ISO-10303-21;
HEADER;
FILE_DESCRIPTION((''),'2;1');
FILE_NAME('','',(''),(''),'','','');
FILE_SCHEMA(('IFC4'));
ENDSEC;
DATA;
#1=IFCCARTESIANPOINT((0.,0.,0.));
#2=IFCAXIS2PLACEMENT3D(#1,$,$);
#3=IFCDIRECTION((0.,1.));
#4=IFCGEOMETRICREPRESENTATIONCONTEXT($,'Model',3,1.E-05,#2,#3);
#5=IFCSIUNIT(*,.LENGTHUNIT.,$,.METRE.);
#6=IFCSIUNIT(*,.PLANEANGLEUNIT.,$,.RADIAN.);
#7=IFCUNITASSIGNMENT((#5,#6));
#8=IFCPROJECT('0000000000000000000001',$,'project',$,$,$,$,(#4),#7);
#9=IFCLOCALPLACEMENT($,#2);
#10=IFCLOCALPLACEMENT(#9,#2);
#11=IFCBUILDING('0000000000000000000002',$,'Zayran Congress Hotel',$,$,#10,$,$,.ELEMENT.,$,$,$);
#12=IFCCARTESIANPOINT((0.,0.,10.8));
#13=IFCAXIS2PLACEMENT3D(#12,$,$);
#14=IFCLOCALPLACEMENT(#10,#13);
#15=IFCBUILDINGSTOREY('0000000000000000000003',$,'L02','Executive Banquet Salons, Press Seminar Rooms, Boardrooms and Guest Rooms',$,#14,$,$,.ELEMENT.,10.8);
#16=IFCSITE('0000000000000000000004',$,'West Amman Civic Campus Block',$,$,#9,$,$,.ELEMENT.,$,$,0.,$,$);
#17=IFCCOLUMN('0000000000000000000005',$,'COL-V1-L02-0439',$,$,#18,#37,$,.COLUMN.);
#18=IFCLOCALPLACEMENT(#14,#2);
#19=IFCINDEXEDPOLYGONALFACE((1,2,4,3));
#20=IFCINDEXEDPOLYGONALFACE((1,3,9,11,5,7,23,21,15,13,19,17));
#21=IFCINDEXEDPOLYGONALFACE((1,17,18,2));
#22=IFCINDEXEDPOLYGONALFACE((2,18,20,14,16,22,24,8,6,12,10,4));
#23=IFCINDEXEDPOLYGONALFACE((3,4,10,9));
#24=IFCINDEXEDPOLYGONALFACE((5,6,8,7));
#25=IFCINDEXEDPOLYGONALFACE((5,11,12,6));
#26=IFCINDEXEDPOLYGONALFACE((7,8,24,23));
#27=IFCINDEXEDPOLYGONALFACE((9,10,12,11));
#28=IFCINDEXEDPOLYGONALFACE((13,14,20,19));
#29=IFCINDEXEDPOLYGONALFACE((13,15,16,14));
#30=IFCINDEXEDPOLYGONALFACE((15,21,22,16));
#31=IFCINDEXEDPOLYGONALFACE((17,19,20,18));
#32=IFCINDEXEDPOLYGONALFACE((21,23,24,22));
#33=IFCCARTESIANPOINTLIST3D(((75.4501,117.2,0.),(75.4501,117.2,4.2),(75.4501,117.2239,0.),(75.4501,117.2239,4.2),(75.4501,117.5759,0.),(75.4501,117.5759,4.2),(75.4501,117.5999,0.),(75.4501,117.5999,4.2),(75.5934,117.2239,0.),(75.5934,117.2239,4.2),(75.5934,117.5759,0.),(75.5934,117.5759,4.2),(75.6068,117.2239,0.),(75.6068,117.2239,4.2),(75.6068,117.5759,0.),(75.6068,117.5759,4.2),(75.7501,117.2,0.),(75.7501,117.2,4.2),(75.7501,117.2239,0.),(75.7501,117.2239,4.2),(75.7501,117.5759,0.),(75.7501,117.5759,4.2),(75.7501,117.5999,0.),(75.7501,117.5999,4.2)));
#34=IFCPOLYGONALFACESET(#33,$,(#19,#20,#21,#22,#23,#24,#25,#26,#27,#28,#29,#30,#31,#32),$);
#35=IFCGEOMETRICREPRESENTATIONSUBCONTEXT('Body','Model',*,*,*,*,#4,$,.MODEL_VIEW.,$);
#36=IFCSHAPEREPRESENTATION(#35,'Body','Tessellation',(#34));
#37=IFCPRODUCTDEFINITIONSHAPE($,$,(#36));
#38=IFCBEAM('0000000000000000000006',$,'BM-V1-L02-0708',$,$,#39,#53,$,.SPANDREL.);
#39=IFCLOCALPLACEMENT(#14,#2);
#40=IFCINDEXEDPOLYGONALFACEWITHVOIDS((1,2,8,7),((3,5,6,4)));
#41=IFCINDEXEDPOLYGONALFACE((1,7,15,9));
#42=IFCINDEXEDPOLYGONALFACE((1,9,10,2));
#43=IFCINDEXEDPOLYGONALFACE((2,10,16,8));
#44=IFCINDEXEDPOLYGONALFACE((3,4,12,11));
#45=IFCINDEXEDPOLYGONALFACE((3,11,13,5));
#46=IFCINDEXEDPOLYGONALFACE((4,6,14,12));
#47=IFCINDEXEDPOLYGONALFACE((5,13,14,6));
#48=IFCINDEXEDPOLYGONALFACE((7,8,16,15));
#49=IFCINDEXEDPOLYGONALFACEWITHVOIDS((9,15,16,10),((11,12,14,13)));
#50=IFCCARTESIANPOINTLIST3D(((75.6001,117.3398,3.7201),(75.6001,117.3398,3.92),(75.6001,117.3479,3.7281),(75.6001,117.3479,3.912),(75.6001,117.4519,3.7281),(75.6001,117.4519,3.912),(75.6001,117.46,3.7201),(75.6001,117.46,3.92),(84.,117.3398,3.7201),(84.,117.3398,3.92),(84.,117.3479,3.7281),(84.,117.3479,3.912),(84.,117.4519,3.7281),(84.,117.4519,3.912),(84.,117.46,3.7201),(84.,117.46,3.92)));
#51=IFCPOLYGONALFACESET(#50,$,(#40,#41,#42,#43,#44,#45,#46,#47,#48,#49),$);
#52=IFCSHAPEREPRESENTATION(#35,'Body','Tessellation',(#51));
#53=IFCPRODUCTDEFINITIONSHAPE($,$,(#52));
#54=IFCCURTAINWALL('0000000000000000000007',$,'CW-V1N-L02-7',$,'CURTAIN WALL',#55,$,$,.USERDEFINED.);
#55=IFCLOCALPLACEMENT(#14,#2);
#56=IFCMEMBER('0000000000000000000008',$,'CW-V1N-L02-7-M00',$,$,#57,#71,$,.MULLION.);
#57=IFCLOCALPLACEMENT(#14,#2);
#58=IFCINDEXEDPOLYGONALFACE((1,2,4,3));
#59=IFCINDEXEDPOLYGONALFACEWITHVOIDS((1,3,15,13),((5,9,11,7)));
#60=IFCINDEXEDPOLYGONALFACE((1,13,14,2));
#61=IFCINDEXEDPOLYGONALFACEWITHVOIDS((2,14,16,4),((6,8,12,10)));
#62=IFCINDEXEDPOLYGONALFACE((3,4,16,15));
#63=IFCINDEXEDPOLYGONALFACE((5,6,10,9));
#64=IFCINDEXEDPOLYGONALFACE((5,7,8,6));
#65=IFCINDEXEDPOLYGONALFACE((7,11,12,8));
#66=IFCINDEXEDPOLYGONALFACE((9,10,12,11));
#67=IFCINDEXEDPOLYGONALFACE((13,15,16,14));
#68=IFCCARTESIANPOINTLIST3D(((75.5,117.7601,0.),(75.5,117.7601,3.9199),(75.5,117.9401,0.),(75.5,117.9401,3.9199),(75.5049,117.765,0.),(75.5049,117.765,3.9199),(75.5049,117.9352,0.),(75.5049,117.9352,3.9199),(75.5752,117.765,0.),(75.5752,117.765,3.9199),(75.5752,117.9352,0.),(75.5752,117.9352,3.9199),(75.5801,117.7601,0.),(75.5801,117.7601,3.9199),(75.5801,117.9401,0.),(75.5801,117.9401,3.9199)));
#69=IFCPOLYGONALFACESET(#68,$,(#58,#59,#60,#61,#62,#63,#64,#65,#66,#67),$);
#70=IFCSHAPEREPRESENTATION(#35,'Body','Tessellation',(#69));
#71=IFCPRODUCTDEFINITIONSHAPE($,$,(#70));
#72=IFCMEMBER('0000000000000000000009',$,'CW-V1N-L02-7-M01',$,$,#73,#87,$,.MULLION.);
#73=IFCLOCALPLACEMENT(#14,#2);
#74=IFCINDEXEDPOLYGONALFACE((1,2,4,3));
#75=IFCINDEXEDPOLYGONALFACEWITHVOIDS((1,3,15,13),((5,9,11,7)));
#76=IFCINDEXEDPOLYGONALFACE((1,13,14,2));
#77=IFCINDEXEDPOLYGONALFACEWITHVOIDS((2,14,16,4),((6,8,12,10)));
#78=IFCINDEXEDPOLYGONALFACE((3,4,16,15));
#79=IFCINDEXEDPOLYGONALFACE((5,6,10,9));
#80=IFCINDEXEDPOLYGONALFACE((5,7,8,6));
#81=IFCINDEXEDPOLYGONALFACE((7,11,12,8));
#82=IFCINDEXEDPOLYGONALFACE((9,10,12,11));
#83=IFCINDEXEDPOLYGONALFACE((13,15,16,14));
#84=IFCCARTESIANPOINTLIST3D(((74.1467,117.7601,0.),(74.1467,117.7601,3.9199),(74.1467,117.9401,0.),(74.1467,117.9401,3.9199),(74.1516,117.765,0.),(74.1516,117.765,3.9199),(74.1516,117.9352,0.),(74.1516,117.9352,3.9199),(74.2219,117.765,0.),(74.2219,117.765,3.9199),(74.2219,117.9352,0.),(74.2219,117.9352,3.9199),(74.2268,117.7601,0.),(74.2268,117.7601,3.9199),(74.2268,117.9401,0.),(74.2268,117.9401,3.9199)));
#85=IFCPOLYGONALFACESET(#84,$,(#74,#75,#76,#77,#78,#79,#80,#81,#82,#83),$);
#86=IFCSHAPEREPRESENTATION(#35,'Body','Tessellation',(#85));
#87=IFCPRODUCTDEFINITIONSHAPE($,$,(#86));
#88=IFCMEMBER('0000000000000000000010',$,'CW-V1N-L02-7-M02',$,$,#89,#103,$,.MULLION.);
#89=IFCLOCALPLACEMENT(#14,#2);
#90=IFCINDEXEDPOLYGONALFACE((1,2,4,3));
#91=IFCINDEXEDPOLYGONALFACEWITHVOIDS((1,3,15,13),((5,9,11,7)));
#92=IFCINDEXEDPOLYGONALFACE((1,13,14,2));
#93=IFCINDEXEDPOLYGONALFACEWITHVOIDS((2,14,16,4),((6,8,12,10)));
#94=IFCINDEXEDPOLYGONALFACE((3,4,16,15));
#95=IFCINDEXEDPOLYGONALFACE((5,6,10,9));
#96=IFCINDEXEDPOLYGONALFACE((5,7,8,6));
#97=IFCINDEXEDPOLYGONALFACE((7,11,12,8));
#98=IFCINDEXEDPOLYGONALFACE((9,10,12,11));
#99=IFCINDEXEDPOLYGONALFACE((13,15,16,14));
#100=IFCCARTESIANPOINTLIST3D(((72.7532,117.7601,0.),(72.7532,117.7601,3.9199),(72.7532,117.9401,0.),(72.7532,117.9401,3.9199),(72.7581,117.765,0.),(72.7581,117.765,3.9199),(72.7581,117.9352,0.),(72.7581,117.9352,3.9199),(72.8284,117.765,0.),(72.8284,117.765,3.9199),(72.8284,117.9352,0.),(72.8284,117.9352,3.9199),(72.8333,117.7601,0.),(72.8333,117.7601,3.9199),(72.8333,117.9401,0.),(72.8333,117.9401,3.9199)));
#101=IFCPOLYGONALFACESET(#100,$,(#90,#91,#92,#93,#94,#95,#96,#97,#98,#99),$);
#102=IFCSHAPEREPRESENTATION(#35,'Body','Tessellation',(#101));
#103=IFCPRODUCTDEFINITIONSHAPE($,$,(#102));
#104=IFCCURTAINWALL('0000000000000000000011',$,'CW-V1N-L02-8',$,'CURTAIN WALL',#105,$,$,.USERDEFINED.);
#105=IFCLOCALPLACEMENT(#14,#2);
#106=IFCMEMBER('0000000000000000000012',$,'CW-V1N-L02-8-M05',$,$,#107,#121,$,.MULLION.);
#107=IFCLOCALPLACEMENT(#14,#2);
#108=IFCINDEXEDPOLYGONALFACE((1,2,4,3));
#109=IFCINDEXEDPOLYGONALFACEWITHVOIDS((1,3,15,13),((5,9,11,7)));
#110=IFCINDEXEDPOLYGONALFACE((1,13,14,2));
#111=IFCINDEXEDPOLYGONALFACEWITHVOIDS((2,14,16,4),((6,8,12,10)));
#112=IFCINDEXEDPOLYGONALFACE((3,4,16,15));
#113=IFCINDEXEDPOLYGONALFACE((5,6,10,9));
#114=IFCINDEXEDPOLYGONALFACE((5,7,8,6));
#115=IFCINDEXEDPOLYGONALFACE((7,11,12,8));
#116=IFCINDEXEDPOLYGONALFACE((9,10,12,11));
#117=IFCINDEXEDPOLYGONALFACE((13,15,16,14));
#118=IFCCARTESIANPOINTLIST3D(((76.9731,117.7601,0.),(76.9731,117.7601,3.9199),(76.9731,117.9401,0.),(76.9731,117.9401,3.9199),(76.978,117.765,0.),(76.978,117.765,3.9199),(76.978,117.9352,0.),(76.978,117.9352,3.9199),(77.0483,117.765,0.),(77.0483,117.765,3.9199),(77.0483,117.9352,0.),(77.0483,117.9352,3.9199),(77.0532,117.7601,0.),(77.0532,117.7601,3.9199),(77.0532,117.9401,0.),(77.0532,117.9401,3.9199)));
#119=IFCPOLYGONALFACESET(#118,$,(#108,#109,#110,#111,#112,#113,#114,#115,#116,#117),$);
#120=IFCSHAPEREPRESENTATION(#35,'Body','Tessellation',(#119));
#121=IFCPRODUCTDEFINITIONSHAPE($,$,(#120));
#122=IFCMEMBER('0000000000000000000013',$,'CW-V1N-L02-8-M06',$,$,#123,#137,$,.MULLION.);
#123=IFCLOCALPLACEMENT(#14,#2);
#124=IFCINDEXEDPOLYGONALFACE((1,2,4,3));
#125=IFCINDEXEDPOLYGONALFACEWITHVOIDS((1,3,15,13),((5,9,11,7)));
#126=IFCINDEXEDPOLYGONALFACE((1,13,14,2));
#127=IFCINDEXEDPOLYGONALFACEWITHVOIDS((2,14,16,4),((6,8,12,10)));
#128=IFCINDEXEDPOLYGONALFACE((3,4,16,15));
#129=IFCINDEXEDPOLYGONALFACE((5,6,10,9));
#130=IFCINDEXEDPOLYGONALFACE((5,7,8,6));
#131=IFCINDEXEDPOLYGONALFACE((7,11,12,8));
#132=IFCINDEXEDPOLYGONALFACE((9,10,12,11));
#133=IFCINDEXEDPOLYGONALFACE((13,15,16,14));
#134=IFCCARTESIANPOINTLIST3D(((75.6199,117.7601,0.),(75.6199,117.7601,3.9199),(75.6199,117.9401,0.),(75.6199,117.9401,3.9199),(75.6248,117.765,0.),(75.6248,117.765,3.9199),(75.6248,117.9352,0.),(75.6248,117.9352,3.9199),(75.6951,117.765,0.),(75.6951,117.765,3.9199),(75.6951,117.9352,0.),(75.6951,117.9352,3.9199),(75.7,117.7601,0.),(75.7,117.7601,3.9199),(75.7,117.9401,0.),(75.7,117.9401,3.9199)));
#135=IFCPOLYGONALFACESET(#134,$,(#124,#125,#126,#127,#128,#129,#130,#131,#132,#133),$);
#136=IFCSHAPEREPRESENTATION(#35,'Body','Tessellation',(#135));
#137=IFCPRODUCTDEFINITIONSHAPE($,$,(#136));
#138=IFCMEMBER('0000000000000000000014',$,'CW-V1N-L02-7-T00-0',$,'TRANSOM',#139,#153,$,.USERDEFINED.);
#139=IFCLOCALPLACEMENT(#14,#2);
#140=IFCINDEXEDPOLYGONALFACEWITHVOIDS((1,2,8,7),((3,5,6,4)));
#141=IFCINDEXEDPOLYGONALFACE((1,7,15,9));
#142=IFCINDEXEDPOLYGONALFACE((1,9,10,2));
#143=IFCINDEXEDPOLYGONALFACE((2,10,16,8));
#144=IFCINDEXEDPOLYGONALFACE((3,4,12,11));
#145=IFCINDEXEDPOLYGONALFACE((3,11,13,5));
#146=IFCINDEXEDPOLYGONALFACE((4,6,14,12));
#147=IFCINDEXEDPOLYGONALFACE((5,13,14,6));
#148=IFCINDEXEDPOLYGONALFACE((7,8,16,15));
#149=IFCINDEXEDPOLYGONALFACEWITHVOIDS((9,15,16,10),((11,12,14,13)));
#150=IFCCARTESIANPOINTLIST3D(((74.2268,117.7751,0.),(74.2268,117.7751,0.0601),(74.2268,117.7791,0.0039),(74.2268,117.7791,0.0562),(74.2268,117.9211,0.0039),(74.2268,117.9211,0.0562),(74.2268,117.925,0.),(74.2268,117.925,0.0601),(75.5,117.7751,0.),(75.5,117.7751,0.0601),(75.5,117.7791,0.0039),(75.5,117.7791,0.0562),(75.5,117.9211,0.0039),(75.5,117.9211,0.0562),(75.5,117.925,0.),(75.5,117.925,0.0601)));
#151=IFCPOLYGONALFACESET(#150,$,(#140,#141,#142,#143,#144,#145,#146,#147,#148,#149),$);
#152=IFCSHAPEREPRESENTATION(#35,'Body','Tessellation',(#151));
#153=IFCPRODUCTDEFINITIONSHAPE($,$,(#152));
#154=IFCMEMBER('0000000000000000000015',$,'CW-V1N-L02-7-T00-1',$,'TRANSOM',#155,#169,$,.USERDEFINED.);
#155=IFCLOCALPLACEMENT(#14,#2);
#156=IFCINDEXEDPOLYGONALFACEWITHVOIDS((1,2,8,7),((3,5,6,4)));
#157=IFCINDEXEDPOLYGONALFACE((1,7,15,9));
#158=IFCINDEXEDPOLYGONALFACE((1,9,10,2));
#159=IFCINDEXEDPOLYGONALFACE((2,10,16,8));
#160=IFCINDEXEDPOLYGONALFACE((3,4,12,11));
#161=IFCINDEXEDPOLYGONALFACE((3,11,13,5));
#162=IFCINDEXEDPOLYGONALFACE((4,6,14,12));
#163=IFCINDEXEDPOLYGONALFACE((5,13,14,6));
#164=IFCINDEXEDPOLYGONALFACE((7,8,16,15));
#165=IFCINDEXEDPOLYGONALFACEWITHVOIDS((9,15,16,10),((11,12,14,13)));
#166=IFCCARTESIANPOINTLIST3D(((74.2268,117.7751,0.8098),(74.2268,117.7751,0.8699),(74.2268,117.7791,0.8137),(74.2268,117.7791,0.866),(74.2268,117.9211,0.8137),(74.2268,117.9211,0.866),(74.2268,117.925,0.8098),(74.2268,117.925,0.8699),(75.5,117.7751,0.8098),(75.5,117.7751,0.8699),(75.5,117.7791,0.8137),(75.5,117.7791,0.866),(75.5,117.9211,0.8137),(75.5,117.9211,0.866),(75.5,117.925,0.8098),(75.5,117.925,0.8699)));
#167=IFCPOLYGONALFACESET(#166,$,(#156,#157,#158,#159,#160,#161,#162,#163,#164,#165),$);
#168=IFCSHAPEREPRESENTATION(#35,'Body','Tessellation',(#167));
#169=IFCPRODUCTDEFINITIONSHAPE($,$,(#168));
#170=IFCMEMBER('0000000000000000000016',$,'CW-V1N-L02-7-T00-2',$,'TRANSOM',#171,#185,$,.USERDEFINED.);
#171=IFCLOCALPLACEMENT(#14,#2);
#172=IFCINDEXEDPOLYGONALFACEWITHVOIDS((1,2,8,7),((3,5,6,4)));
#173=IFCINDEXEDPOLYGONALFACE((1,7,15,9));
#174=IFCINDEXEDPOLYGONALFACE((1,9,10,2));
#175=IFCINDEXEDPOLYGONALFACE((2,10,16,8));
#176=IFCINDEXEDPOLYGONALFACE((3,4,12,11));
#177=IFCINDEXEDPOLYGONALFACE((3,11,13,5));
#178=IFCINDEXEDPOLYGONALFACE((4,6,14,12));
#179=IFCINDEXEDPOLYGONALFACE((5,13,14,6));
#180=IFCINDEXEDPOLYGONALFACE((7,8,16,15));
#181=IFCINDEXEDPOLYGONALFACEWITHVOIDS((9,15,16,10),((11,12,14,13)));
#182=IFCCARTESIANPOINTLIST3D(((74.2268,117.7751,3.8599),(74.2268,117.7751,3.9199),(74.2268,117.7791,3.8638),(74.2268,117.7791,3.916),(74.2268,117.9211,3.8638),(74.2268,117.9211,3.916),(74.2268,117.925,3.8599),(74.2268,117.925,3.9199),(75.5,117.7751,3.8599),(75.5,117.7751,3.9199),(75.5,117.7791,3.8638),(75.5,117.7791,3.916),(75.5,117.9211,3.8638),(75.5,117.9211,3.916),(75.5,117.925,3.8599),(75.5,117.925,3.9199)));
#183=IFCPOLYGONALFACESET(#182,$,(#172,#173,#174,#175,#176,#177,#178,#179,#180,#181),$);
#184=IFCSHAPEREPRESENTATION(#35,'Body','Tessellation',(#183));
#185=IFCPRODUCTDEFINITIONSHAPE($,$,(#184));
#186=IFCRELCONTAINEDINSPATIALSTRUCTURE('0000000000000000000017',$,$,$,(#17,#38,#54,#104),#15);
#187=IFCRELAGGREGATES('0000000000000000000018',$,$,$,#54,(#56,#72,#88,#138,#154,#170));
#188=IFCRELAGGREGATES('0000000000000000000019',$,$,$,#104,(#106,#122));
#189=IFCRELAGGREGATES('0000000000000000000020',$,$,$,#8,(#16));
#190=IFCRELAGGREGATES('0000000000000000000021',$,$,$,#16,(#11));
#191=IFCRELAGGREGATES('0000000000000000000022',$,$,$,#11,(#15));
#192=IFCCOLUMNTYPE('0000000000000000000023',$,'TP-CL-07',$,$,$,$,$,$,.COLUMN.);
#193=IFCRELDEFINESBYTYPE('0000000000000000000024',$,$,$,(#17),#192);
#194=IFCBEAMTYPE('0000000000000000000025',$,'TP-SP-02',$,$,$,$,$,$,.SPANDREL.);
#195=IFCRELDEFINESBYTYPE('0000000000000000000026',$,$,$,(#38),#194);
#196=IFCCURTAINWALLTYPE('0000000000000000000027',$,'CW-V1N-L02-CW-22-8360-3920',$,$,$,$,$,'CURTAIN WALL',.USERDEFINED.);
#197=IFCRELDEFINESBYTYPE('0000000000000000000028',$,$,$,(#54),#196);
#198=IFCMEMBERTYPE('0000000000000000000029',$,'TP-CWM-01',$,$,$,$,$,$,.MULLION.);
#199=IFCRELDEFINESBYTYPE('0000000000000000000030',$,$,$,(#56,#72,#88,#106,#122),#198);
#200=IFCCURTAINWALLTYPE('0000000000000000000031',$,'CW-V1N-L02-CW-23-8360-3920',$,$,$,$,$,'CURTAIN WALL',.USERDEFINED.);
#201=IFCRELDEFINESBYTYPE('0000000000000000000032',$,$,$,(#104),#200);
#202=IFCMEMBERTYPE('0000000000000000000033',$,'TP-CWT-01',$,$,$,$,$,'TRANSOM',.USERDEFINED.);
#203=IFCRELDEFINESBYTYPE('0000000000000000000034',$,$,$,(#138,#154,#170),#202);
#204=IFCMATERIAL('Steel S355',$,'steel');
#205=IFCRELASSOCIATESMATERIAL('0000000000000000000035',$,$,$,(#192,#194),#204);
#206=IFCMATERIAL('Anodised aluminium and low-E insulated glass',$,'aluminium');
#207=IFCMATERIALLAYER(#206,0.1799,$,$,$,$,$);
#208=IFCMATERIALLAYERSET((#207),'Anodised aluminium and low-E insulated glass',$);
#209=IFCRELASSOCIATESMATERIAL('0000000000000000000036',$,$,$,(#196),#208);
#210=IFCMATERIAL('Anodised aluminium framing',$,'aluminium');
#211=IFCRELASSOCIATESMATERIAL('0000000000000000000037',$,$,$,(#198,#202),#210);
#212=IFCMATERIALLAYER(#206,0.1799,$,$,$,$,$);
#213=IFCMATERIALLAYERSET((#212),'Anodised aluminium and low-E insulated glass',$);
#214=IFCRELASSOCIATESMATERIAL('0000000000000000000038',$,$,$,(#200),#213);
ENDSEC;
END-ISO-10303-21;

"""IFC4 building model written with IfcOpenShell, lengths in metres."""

from ifc_helpers import new_model, si_unit, direction, frame, origin, origin_2d, place, context, subcontext, project, spatial, hollow_rectangle, i_section, extrude, material, layer, layer_set, material_profile, profile_set, type_object, element, aggregate, save


model = new_model("IFC4")

# Units and contexts
model_context = context("Model", 3, precision=1e-05, world=origin(), true_north=direction((0.0, 1.0)))
body_context = subcontext(model_context, "Body", "Model", "MODEL_VIEW")
ifc_project = project(units=[si_unit("LENGTHUNIT", "METRE"), si_unit("PLANEANGLEUNIT", "RADIAN")], contexts=[model_context])

# Site, building, storey
site_placement = place(None, origin())
site = spatial("IfcSite", under=ifc_project, at=site_placement, Name="West Amman Civic Campus Block", CompositionType="ELEMENT", RefElevation=0.0)
building_placement = place(site_placement, origin())
building = spatial("IfcBuilding", under=site, at=building_placement, Name="Zayran Congress Hotel", CompositionType="ELEMENT")
storey_placement = place(building_placement, frame((0.0, 0.0, 10.8)))
storey = spatial("IfcBuildingStorey", under=building, at=storey_placement, Name="L02", Description="Executive Banquet Salons, Press Seminar Rooms, Boardrooms and Guest Rooms", CompositionType="ELEMENT", Elevation=10.8)

# Column
ifc_material_1 = material(Name="Steel S355", Category="steel")
ifc_material_profile_1 = material_profile(ifc_material_1, i_section(OverallWidth=0.3, OverallDepth=0.3999, WebThickness=0.0134, FlangeThickness=0.0239, at=origin_2d()), Name="HEB 400")
ifc_profile_set_1 = profile_set([ifc_material_profile_1], Name="Steel S355")
column_type = type_object("IfcColumnType", Name="TP-CL-07", PredefinedType="COLUMN", material=ifc_profile_set_1)
column_placement = place(storey_placement, frame((75.6001, 117.3999, 0.0), z_axis=(0.0, 0.0, 1.0), x_axis=(1.0, 0.0, 0.0)))
element("IfcColumn", 1, at=column_placement, inside=storey, type_object=column_type, Name="COL-V1-L02-0439", PredefinedType="COLUMN", context=body_context, shape_type="SweptSolid", body=[
    extrude(i_section(OverallWidth=0.3, OverallDepth=0.3999, WebThickness=0.0134, FlangeThickness=0.0239, at=origin_2d()), origin(), (0.0, 0.0, 1.0), 4.2),
])

# Beam
ifc_material_profile_2 = material_profile(ifc_material_1, hollow_rectangle(XDim=0.1201, YDim=0.2, WallThickness=0.0081, at=origin_2d()), Name="RHS 200x120x8")
ifc_profile_set_2 = profile_set([ifc_material_profile_2], Name="Steel S355")
beam_type = type_object("IfcBeamType", Name="TP-SP-02", PredefinedType="SPANDREL", material=ifc_profile_set_2)
beam_placement = place(storey_placement, frame((75.6001, 117.3999, 3.8201), z_axis=(1.0, 0.0, 0.0), x_axis=(0.0, 1.0, 0.0)))
element("IfcBeam", 2, at=beam_placement, inside=storey, type_object=beam_type, Name="BM-V1-L02-0708", PredefinedType="SPANDREL", context=body_context, shape_type="SweptSolid", body=[
    extrude(hollow_rectangle(XDim=0.1201, YDim=0.2, WallThickness=0.0081, at=origin_2d()), origin(), (0.0, 0.0, 1.0), 8.3999),
])

# Curtain walls, members
ifc_material_2 = material(Name="Anodised aluminium and low-E insulated glass", Category="aluminium")
ifc_layer_1 = layer(ifc_material_2, 0.1799)
ifc_layer_set_1 = layer_set([ifc_layer_1], Name="Anodised aluminium and low-E insulated glass")
curtain_wall_type_1 = type_object("IfcCurtainWallType", Name="CW-V1N-L02-CW-22-8360-3920", ElementType="CURTAIN WALL", PredefinedType="USERDEFINED", material=ifc_layer_set_1)
curtain_wall_1_placement = place(storey_placement, origin())
curtain_wall_1 = element("IfcCurtainWall", 3, at=curtain_wall_1_placement, inside=storey, type_object=curtain_wall_type_1, Name="CW-V1N-L02-7", ObjectType="CURTAIN WALL", PredefinedType="USERDEFINED")
ifc_material_3 = material(Name="Anodised aluminium framing", Category="aluminium")
ifc_material_profile_3 = material_profile(ifc_material_3, hollow_rectangle(XDim=0.0801, YDim=0.1799, WallThickness=0.0049, at=origin_2d()), Name="RHS 180x80x5")
ifc_profile_set_3 = profile_set([ifc_material_profile_3], Name="Anodised aluminium framing")
member_type_1 = type_object("IfcMemberType", Name="TP-CWM-01", PredefinedType="MULLION", material=ifc_profile_set_3)
member_1_placement = place(storey_placement, frame((75.54, 117.8501, 0.0), z_axis=(0.0, 0.0, 1.0), x_axis=(1.0, 0.0, 0.0)))
member_1 = element("IfcMember", 4, at=member_1_placement, type_object=member_type_1, Name="CW-V1N-L02-7-M00", PredefinedType="MULLION", context=body_context, shape_type="SweptSolid", body=[
    extrude(hollow_rectangle(XDim=0.0801, YDim=0.1799, WallThickness=0.0049, at=origin_2d()), origin(), (0.0, 0.0, 1.0), 3.9199),
])
member_2_placement = place(storey_placement, frame((74.1868, 117.8501, 0.0), z_axis=(0.0, 0.0, 1.0), x_axis=(1.0, 0.0, 0.0)))
member_2 = element("IfcMember", 5, at=member_2_placement, type_object=member_type_1, Name="CW-V1N-L02-7-M01", PredefinedType="MULLION", context=body_context, shape_type="SweptSolid", body=[
    extrude(hollow_rectangle(XDim=0.0801, YDim=0.1799, WallThickness=0.0049, at=origin_2d()), origin(), (0.0, 0.0, 1.0), 3.9199),
])
member_3_placement = place(storey_placement, frame((72.7932, 117.8501, 0.0), z_axis=(0.0, 0.0, 1.0), x_axis=(1.0, 0.0, 0.0)))
member_3 = element("IfcMember", 6, at=member_3_placement, type_object=member_type_1, Name="CW-V1N-L02-7-M02", PredefinedType="MULLION", context=body_context, shape_type="SweptSolid", body=[
    extrude(hollow_rectangle(XDim=0.0801, YDim=0.1799, WallThickness=0.0049, at=origin_2d()), origin(), (0.0, 0.0, 1.0), 3.9199),
])
ifc_layer_2 = layer(ifc_material_2, 0.1799)
ifc_layer_set_2 = layer_set([ifc_layer_2], Name="Anodised aluminium and low-E insulated glass")
curtain_wall_type_2 = type_object("IfcCurtainWallType", Name="CW-V1N-L02-CW-23-8360-3920", ElementType="CURTAIN WALL", PredefinedType="USERDEFINED", material=ifc_layer_set_2)
curtain_wall_2_placement = place(storey_placement, origin())
curtain_wall_2 = element("IfcCurtainWall", 7, at=curtain_wall_2_placement, inside=storey, type_object=curtain_wall_type_2, Name="CW-V1N-L02-8", ObjectType="CURTAIN WALL", PredefinedType="USERDEFINED")
member_4_placement = place(storey_placement, frame((77.0132, 117.8501, 0.0), z_axis=(0.0, 0.0, 1.0), x_axis=(1.0, 0.0, 0.0)))
member_4 = element("IfcMember", 8, at=member_4_placement, type_object=member_type_1, Name="CW-V1N-L02-8-M05", PredefinedType="MULLION", context=body_context, shape_type="SweptSolid", body=[
    extrude(hollow_rectangle(XDim=0.0801, YDim=0.1799, WallThickness=0.0049, at=origin_2d()), origin(), (0.0, 0.0, 1.0), 3.9199),
])
member_5_placement = place(storey_placement, frame((75.6599, 117.8501, 0.0), z_axis=(0.0, 0.0, 1.0), x_axis=(1.0, 0.0, 0.0)))
member_5 = element("IfcMember", 9, at=member_5_placement, type_object=member_type_1, Name="CW-V1N-L02-8-M06", PredefinedType="MULLION", context=body_context, shape_type="SweptSolid", body=[
    extrude(hollow_rectangle(XDim=0.0801, YDim=0.1799, WallThickness=0.0049, at=origin_2d()), origin(), (0.0, 0.0, 1.0), 3.9199),
])

# Members
ifc_material_profile_4 = material_profile(ifc_material_3, hollow_rectangle(XDim=0.0601, YDim=0.1499, WallThickness=0.0039, at=origin_2d()), Name="RHS 150x60x4")
ifc_profile_set_4 = profile_set([ifc_material_profile_4], Name="Anodised aluminium framing")
member_type_2 = type_object("IfcMemberType", Name="TP-CWT-01", ElementType="TRANSOM", PredefinedType="USERDEFINED", material=ifc_profile_set_4)
member_6_placement = place(storey_placement, frame((75.5, 117.8501, 0.03), z_axis=(-1.0, 0.0, 0.0), x_axis=(0.0, 0.0, 1.0)))
member_6 = element("IfcMember", 10, at=member_6_placement, type_object=member_type_2, Name="CW-V1N-L02-7-T00-0", ObjectType="TRANSOM", PredefinedType="USERDEFINED", context=body_context, shape_type="SweptSolid", body=[
    extrude(hollow_rectangle(XDim=0.0601, YDim=0.1499, WallThickness=0.0039, at=origin_2d()), origin(), (0.0, 0.0, 1.0), 1.2732),
])
member_7_placement = place(storey_placement, frame((75.5, 117.8501, 0.8398), z_axis=(-1.0, 0.0, 0.0), x_axis=(0.0, 0.0, 1.0)))
member_7 = element("IfcMember", 11, at=member_7_placement, type_object=member_type_2, Name="CW-V1N-L02-7-T00-1", ObjectType="TRANSOM", PredefinedType="USERDEFINED", context=body_context, shape_type="SweptSolid", body=[
    extrude(hollow_rectangle(XDim=0.0601, YDim=0.1499, WallThickness=0.0039, at=origin_2d()), origin(), (0.0, 0.0, 1.0), 1.2732),
])
member_8_placement = place(storey_placement, frame((75.5, 117.8501, 3.8899), z_axis=(-1.0, 0.0, 0.0), x_axis=(0.0, 0.0, 1.0)))
member_8 = element("IfcMember", 12, at=member_8_placement, type_object=member_type_2, Name="CW-V1N-L02-7-T00-2", ObjectType="TRANSOM", PredefinedType="USERDEFINED", context=body_context, shape_type="SweptSolid", body=[
    extrude(hollow_rectangle(XDim=0.0601, YDim=0.1499, WallThickness=0.0039, at=origin_2d()), origin(), (0.0, 0.0, 1.0), 1.2732),
])

aggregate(curtain_wall_1, [member_1, member_2, member_3, member_6, member_7, member_8])
aggregate(curtain_wall_2, [member_4, member_5])

save(model, "model.ifc")
